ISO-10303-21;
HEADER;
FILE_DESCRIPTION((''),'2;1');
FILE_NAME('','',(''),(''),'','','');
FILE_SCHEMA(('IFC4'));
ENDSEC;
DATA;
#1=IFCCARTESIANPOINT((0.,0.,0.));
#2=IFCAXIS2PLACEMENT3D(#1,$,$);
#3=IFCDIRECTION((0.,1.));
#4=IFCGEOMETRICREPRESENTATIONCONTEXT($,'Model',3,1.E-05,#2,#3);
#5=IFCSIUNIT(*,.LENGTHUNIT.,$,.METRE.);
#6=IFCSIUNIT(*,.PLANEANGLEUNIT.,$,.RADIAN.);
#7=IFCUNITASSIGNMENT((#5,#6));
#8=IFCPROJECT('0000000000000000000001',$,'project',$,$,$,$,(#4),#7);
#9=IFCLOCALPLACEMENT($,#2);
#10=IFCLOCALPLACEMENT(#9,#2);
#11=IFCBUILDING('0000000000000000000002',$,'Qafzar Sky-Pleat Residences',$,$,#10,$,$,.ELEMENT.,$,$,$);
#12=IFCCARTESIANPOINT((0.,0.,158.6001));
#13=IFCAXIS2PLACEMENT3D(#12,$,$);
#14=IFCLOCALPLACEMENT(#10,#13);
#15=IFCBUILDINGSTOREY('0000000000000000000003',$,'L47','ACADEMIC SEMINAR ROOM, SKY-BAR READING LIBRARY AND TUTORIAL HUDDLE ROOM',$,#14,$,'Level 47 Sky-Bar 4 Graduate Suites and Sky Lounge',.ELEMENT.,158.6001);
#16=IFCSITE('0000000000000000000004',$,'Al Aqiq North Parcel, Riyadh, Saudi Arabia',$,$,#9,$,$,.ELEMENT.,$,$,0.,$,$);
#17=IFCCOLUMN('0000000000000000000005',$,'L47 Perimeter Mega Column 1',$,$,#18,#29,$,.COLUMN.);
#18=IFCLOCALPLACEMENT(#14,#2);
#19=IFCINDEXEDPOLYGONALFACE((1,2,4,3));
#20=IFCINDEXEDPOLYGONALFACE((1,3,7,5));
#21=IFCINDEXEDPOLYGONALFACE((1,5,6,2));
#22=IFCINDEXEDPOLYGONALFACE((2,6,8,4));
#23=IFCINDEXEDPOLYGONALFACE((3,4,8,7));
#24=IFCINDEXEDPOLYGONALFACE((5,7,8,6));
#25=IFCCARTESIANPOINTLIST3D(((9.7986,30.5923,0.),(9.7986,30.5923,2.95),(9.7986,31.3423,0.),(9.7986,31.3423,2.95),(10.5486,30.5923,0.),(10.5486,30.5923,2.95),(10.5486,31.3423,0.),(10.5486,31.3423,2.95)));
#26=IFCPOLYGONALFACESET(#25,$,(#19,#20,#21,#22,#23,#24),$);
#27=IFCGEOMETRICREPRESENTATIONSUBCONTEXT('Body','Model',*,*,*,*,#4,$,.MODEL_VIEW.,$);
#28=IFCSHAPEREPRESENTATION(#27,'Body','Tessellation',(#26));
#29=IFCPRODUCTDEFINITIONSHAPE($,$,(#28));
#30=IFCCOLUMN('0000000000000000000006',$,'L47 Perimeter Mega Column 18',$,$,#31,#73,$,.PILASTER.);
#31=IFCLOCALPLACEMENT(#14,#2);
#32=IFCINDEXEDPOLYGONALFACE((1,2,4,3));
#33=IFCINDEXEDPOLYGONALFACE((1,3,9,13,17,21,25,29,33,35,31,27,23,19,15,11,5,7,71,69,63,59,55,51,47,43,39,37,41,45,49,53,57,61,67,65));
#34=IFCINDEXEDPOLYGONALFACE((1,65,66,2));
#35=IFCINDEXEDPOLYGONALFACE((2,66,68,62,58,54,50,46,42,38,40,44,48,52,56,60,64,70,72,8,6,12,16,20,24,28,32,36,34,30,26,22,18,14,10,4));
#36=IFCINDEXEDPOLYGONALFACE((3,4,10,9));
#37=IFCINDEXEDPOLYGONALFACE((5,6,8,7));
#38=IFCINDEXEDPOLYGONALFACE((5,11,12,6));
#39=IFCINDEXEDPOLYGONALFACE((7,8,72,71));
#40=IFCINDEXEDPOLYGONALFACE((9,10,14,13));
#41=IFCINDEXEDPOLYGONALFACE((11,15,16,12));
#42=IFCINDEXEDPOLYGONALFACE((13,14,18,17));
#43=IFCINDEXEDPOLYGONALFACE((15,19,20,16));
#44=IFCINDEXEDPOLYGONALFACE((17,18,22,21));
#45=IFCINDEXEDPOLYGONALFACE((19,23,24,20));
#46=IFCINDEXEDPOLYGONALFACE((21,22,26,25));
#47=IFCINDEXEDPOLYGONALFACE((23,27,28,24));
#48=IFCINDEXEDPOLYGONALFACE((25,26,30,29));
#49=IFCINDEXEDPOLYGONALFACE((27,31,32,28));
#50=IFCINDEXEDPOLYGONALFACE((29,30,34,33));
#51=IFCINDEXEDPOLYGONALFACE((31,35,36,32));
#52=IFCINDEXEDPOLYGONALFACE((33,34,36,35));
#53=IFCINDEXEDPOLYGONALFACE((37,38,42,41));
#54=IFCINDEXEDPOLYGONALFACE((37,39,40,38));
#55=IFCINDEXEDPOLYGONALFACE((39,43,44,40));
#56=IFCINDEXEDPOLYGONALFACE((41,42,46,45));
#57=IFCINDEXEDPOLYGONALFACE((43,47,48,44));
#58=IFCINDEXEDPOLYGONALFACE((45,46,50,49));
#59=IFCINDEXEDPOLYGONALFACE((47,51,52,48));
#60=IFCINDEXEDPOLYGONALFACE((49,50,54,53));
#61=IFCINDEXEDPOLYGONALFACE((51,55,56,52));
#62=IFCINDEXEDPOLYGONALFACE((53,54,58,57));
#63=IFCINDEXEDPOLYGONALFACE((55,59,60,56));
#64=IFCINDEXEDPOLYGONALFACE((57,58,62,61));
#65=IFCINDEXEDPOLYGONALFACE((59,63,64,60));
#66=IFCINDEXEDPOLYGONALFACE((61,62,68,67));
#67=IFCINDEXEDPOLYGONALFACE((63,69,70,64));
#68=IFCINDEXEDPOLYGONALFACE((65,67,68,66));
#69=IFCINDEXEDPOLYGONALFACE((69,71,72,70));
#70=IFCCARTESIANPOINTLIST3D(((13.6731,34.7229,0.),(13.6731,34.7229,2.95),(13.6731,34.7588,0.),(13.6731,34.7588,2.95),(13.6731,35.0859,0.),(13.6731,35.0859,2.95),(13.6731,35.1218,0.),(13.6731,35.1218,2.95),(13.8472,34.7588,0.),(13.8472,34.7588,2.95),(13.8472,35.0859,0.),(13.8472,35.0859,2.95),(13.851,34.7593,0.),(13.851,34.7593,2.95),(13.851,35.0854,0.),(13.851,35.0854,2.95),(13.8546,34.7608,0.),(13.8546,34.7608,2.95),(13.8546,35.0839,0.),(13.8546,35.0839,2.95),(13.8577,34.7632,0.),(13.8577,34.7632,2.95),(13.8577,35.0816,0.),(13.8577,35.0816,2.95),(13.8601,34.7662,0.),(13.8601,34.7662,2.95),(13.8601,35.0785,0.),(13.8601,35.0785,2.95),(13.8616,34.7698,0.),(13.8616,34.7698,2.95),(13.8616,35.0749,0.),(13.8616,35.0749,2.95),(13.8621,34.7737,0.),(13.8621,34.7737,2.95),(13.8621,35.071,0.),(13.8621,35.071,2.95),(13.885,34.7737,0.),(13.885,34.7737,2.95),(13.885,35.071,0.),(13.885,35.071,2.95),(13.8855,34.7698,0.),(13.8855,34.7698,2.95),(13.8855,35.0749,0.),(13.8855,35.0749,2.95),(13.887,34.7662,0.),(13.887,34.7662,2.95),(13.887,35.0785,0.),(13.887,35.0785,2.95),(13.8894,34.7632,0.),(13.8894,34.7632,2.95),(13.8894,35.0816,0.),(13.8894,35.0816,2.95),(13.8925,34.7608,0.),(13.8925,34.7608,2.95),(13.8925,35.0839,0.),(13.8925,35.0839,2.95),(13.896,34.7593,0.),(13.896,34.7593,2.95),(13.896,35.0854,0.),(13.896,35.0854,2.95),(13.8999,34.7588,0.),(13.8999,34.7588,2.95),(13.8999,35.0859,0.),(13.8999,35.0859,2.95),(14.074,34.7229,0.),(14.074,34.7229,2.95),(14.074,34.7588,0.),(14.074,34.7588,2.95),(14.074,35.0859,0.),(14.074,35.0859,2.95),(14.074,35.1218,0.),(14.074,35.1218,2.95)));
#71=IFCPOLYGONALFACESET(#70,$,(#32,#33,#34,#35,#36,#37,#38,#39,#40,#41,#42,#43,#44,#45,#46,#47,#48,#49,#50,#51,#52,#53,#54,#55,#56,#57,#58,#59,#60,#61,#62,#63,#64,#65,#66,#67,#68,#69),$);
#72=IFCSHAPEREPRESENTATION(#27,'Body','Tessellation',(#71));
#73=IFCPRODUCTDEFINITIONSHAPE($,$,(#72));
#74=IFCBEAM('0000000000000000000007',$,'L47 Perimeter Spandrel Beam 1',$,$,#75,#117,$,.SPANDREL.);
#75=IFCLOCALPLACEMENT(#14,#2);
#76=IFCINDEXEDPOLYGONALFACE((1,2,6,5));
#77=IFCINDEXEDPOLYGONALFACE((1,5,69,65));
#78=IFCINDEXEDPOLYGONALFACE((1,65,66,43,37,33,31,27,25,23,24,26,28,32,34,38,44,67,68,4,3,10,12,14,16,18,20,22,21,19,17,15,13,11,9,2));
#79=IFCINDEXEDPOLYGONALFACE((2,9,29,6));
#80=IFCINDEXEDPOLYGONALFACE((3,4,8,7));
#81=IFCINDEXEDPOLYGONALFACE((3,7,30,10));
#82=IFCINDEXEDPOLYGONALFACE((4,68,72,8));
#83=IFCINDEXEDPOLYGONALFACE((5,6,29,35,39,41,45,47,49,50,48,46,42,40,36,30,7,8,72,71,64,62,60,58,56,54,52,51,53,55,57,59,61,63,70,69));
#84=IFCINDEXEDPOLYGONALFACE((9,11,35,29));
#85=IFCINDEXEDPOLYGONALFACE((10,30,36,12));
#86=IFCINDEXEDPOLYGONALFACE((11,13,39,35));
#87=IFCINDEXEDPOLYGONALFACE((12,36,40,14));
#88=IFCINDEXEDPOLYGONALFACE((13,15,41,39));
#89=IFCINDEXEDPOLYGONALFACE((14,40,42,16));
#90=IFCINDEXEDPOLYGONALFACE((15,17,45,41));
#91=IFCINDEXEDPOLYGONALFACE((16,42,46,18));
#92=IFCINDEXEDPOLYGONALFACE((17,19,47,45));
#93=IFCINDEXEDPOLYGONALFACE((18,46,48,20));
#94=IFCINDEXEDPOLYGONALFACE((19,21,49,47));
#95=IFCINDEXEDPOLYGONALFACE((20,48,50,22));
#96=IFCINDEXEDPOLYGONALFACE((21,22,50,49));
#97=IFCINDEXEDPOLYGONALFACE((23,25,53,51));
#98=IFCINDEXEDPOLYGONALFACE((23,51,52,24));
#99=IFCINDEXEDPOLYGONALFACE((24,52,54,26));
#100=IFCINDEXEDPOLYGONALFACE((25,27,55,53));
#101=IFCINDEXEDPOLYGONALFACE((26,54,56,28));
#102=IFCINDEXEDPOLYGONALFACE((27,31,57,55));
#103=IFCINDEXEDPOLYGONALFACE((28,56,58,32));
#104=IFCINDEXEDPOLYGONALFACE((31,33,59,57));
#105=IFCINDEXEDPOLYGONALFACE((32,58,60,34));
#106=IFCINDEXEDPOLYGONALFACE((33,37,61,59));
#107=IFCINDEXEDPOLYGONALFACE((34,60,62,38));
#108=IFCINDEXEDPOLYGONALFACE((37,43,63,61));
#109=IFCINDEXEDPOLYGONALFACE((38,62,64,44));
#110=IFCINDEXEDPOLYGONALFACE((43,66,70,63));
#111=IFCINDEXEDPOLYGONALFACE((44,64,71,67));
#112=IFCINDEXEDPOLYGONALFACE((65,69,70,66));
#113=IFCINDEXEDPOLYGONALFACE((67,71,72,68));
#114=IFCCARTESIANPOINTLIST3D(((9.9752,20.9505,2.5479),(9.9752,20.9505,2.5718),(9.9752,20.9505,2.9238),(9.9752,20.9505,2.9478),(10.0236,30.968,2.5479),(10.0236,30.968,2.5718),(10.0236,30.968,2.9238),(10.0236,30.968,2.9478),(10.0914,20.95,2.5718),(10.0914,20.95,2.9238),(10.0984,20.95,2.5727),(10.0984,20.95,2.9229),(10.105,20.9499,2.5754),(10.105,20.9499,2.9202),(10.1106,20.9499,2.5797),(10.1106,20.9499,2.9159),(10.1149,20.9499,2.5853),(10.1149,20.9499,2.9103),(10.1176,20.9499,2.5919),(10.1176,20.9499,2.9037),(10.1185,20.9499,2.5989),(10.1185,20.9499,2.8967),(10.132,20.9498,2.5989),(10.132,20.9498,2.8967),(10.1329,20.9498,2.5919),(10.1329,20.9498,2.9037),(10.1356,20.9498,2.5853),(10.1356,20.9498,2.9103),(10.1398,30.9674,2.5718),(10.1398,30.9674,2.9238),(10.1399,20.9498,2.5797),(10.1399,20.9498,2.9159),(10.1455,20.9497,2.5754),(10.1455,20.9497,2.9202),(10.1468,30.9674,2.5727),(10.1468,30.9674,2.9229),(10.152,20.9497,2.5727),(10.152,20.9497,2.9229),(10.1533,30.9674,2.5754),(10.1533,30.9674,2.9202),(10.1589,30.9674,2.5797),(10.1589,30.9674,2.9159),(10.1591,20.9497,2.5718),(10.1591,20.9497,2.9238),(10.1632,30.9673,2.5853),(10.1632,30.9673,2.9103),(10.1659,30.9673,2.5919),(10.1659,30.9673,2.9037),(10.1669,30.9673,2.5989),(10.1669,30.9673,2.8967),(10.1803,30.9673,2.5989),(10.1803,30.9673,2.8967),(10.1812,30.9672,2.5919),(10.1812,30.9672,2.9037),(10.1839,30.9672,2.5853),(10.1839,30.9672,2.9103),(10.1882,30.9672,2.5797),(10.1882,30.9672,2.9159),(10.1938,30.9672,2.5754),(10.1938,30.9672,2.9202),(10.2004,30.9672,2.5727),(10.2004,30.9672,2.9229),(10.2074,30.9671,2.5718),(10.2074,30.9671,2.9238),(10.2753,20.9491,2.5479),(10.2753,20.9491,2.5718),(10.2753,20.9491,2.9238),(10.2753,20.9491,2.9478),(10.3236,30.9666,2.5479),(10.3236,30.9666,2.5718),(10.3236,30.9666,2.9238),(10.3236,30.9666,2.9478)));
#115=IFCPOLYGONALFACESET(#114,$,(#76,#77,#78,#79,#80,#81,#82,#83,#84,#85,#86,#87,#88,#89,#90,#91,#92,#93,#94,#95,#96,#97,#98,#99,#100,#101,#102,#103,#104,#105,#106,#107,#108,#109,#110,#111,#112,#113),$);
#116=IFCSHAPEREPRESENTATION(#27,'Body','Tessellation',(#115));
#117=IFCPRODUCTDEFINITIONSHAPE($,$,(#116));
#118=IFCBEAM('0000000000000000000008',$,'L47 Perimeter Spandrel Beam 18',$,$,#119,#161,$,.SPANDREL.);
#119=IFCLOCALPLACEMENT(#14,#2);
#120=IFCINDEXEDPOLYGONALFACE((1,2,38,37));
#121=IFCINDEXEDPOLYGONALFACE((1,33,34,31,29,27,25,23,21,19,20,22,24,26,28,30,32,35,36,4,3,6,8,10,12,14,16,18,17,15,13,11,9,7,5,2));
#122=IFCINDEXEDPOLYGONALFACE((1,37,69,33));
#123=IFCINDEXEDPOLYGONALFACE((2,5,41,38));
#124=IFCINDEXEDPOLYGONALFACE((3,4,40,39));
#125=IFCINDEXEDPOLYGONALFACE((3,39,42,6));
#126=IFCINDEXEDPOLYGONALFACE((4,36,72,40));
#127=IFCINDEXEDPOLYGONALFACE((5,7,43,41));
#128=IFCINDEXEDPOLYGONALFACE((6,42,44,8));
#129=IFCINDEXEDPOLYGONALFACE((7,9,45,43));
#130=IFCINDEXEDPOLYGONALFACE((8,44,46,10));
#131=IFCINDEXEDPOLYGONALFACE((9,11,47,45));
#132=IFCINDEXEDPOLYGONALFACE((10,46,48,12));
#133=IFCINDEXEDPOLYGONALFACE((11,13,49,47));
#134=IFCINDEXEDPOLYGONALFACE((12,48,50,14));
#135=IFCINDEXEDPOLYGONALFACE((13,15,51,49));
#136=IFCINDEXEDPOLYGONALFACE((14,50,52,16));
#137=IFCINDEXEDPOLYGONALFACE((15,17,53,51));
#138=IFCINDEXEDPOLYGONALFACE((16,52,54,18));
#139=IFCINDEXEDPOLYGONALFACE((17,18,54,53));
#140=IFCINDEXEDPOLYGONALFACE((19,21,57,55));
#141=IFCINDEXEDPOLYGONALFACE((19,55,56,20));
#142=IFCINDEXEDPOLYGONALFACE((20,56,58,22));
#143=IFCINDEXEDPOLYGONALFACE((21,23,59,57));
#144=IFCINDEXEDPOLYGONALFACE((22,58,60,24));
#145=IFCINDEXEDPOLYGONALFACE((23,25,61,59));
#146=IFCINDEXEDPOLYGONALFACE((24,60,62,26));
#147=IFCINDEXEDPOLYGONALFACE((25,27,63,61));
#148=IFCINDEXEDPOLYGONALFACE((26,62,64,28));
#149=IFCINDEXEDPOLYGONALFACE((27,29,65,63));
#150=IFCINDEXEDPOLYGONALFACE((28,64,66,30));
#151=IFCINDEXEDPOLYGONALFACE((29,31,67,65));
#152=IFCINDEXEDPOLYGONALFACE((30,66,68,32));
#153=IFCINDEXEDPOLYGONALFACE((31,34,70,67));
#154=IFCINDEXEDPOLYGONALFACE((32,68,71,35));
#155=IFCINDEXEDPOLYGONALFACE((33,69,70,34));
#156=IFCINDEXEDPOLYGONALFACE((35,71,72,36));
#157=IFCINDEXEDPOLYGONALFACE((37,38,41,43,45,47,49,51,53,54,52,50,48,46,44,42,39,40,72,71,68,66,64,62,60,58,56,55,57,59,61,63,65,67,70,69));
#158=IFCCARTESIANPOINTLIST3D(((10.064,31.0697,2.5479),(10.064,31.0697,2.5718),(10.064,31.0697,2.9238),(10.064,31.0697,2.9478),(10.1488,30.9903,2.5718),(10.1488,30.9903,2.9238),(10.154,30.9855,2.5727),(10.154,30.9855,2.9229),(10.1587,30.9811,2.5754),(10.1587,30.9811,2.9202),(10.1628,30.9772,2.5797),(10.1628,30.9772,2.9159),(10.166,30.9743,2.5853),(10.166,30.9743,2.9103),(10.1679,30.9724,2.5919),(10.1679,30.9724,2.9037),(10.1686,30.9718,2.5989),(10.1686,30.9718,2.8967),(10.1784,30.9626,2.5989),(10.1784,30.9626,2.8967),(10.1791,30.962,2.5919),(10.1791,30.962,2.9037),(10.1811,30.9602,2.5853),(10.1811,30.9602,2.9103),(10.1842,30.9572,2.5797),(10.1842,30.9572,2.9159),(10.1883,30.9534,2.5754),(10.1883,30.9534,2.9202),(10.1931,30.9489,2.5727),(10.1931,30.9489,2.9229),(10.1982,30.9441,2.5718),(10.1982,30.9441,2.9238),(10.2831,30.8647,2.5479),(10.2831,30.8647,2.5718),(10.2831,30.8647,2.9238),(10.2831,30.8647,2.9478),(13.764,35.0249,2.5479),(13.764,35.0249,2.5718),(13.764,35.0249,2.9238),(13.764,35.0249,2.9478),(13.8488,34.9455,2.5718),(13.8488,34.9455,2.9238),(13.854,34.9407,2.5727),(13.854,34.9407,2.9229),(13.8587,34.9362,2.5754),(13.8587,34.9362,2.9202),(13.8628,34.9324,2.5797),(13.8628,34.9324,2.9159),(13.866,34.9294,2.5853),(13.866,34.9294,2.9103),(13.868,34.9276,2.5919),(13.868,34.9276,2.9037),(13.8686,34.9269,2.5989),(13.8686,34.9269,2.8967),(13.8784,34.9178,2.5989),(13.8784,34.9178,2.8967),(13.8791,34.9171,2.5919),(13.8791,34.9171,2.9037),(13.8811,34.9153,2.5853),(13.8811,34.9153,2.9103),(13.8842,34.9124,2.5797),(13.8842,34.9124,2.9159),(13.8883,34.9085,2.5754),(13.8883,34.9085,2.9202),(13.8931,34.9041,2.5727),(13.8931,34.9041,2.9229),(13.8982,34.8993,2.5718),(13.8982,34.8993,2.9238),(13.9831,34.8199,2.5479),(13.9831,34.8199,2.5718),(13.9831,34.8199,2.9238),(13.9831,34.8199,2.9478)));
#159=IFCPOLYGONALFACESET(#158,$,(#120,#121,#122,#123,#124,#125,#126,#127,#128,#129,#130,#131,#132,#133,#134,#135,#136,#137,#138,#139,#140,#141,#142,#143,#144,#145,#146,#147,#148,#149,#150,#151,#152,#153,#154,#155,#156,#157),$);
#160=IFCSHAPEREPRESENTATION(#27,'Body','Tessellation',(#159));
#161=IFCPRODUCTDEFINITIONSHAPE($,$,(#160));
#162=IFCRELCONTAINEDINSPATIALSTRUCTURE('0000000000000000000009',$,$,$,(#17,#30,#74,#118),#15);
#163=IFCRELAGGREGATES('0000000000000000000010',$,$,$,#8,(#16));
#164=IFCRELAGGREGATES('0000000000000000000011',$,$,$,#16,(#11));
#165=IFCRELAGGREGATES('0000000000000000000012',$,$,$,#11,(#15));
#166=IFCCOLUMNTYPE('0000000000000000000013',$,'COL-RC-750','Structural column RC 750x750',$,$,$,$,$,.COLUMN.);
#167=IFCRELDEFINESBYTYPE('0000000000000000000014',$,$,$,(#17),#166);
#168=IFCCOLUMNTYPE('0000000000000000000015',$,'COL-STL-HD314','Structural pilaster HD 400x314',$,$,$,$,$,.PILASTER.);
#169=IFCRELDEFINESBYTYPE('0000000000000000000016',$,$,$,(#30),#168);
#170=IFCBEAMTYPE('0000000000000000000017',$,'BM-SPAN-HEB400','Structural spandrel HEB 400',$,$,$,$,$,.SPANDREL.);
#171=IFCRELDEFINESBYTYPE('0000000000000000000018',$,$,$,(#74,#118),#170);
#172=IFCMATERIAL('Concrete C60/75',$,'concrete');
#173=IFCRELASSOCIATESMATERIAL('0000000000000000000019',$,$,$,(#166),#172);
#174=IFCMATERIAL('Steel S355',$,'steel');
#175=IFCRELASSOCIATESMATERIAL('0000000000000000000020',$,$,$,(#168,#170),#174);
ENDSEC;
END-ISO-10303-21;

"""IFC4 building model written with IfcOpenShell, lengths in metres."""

from ifc_helpers import new_model, si_unit, direction, frame, origin, origin_2d, place, context, subcontext, project, spatial, rectangle, i_section, extrude, source, transform, mapped, material, material_profile, profile_set, type_object, element, save


model = new_model("IFC4")

# Units and contexts
model_context = context("Model", 3, precision=1e-05, world=origin(), true_north=direction((0.0, 1.0)))
body_context = subcontext(model_context, "Body", "Model", "MODEL_VIEW")
ifc_project = project(units=[si_unit("LENGTHUNIT", "METRE"), si_unit("PLANEANGLEUNIT", "RADIAN")], contexts=[model_context])

# Site, building, storey
site_placement = place(None, origin())
site = spatial("IfcSite", under=ifc_project, at=site_placement, Name="Al Aqiq North Parcel, Riyadh, Saudi Arabia", CompositionType="ELEMENT", RefElevation=0.0)
building_placement = place(site_placement, origin())
building = spatial("IfcBuilding", under=site, at=building_placement, Name="Qafzar Sky-Pleat Residences", CompositionType="ELEMENT")
storey_placement = place(building_placement, frame((0.0, 0.0, 158.6001)))
storey = spatial("IfcBuildingStorey", under=building, at=storey_placement, Name="L47", Description="ACADEMIC SEMINAR ROOM, SKY-BAR READING LIBRARY AND TUTORIAL HUDDLE ROOM", LongName="Level 47 Sky-Bar 4 Graduate Suites and Sky Lounge", CompositionType="ELEMENT", Elevation=158.6001)

# Columns
ifc_material_1 = material(Name="Concrete C60/75", Category="concrete")
ifc_material_profile_1 = material_profile(ifc_material_1, rectangle(XDim=0.75, YDim=0.75, at=origin_2d()), Name="RC 750x750")
ifc_profile_set_1 = profile_set([ifc_material_profile_1], Name="Concrete C60/75")
column_type_1 = type_object("IfcColumnType", Name="COL-RC-750", Description="Structural column RC 750x750", PredefinedType="COLUMN", material=ifc_profile_set_1)
shared_shape_1 = source(origin(), body_context, "Body", "SweptSolid", [
    extrude(rectangle(XDim=0.75, YDim=0.75, at=origin_2d()), origin(), (0.0, 0.0, 1.0), 2.95),
])
column_1_placement = place(storey_placement, frame((10.1736, 30.9673, 0.0), z_axis=(0.0, 0.0, 1.0), x_axis=(1.0, 0.0, 0.0)))
element("IfcColumn", 1, at=column_1_placement, inside=storey, type_object=column_type_1, Name="L47 Perimeter Mega Column 1", PredefinedType="COLUMN", context=body_context, shape_type="MappedRepresentation", body=[
    mapped(shared_shape_1, transform((0.0, 0.0, 0.0), x_axis=(1.0, 0.0, 0.0), y_axis=(0.0, 1.0, 0.0), z_axis=(0.0, 0.0, 1.0), scale=1.0)),
])
ifc_material_2 = material(Name="Steel S355", Category="steel")
ifc_material_profile_2 = material_profile(ifc_material_2, i_section(OverallWidth=0.4009, OverallDepth=0.3989, WebThickness=0.0229, FlangeThickness=0.0359, FilletRadius=0.0149, at=origin_2d()), Name="HD 400x314")
ifc_profile_set_2 = profile_set([ifc_material_profile_2], Name="Steel S355")
column_type_2 = type_object("IfcColumnType", Name="COL-STL-HD314", Description="Structural pilaster HD 400x314", PredefinedType="PILASTER", material=ifc_profile_set_2)
shared_shape_2 = source(origin(), body_context, "Body", "SweptSolid", [
    extrude(i_section(OverallWidth=0.4009, OverallDepth=0.3989, WebThickness=0.0229, FlangeThickness=0.0359, FilletRadius=0.0149, at=origin_2d()), origin(), (0.0, 0.0, 1.0), 2.95),
])
column_2_placement = place(storey_placement, frame((13.8735, 34.9224, 0.0), z_axis=(0.0, 0.0, 1.0), x_axis=(1.0, 0.0, 0.0)))
element("IfcColumn", 2, at=column_2_placement, inside=storey, type_object=column_type_2, Name="L47 Perimeter Mega Column 18", PredefinedType="PILASTER", context=body_context, shape_type="MappedRepresentation", body=[
    mapped(shared_shape_2, transform((0.0, 0.0, 0.0), x_axis=(1.0, 0.0, 0.0), y_axis=(0.0, 1.0, 0.0), z_axis=(0.0, 0.0, 1.0), scale=1.0)),
])

# Beams
ifc_material_profile_3 = material_profile(ifc_material_2, i_section(OverallWidth=0.3, OverallDepth=0.3999, WebThickness=0.0134, FlangeThickness=0.0239, FilletRadius=0.0271, at=origin_2d()), Name="HEB 400")
ifc_profile_set_3 = profile_set([ifc_material_profile_3], Name="Steel S355")
beam_type_1 = type_object("IfcBeamType", Name="BM-SPAN-HEB400", Description="Structural spandrel HEB 400", PredefinedType="SPANDREL", material=ifc_profile_set_3)
shared_shape_3 = source(origin(), body_context, "Body", "SweptSolid", [
    extrude(i_section(OverallWidth=0.3, OverallDepth=0.3999, WebThickness=0.0134, FlangeThickness=0.0239, FilletRadius=0.0271, at=origin_2d()), origin(), (0.0, 0.0, 1.0), 10.0176),
])
beam_1_placement = place(storey_placement, frame((10.1736, 30.9673, 2.7478), z_axis=(-0.004825, -0.999988, 0.0), x_axis=(0.999988, -0.004825, 0.0)))
element("IfcBeam", 3, at=beam_1_placement, inside=storey, type_object=beam_type_1, Name="L47 Perimeter Spandrel Beam 1", PredefinedType="SPANDREL", context=body_context, shape_type="MappedRepresentation", body=[
    mapped(shared_shape_3, transform((0.0, 0.0, 0.0), x_axis=(1.0, 0.0, 0.0), y_axis=(0.0, 1.0, 0.0), z_axis=(0.0, 0.0, 1.0), scale=1.0)),
])
shared_shape_4 = source(origin(), body_context, "Body", "SweptSolid", [
    extrude(i_section(OverallWidth=0.3, OverallDepth=0.3999, WebThickness=0.0134, FlangeThickness=0.0239, FilletRadius=0.0271, at=origin_2d()), origin(), (0.0, 0.0, 1.0), 5.416),
])
beam_2_placement = place(storey_placement, frame((13.8735, 34.9224, 2.7478), z_axis=(-0.683161, -0.730268, 0.0), x_axis=(0.730268, -0.683161, 0.0)))
element("IfcBeam", 4, at=beam_2_placement, inside=storey, type_object=beam_type_1, Name="L47 Perimeter Spandrel Beam 18", PredefinedType="SPANDREL", context=body_context, shape_type="MappedRepresentation", body=[
    mapped(shared_shape_4, transform((0.0, 0.0, 0.0), x_axis=(1.0, 0.0, 0.0), y_axis=(0.0, 1.0, 0.0), z_axis=(0.0, 0.0, 1.0), scale=1.0)),
])

save(model, "model.ifc")
